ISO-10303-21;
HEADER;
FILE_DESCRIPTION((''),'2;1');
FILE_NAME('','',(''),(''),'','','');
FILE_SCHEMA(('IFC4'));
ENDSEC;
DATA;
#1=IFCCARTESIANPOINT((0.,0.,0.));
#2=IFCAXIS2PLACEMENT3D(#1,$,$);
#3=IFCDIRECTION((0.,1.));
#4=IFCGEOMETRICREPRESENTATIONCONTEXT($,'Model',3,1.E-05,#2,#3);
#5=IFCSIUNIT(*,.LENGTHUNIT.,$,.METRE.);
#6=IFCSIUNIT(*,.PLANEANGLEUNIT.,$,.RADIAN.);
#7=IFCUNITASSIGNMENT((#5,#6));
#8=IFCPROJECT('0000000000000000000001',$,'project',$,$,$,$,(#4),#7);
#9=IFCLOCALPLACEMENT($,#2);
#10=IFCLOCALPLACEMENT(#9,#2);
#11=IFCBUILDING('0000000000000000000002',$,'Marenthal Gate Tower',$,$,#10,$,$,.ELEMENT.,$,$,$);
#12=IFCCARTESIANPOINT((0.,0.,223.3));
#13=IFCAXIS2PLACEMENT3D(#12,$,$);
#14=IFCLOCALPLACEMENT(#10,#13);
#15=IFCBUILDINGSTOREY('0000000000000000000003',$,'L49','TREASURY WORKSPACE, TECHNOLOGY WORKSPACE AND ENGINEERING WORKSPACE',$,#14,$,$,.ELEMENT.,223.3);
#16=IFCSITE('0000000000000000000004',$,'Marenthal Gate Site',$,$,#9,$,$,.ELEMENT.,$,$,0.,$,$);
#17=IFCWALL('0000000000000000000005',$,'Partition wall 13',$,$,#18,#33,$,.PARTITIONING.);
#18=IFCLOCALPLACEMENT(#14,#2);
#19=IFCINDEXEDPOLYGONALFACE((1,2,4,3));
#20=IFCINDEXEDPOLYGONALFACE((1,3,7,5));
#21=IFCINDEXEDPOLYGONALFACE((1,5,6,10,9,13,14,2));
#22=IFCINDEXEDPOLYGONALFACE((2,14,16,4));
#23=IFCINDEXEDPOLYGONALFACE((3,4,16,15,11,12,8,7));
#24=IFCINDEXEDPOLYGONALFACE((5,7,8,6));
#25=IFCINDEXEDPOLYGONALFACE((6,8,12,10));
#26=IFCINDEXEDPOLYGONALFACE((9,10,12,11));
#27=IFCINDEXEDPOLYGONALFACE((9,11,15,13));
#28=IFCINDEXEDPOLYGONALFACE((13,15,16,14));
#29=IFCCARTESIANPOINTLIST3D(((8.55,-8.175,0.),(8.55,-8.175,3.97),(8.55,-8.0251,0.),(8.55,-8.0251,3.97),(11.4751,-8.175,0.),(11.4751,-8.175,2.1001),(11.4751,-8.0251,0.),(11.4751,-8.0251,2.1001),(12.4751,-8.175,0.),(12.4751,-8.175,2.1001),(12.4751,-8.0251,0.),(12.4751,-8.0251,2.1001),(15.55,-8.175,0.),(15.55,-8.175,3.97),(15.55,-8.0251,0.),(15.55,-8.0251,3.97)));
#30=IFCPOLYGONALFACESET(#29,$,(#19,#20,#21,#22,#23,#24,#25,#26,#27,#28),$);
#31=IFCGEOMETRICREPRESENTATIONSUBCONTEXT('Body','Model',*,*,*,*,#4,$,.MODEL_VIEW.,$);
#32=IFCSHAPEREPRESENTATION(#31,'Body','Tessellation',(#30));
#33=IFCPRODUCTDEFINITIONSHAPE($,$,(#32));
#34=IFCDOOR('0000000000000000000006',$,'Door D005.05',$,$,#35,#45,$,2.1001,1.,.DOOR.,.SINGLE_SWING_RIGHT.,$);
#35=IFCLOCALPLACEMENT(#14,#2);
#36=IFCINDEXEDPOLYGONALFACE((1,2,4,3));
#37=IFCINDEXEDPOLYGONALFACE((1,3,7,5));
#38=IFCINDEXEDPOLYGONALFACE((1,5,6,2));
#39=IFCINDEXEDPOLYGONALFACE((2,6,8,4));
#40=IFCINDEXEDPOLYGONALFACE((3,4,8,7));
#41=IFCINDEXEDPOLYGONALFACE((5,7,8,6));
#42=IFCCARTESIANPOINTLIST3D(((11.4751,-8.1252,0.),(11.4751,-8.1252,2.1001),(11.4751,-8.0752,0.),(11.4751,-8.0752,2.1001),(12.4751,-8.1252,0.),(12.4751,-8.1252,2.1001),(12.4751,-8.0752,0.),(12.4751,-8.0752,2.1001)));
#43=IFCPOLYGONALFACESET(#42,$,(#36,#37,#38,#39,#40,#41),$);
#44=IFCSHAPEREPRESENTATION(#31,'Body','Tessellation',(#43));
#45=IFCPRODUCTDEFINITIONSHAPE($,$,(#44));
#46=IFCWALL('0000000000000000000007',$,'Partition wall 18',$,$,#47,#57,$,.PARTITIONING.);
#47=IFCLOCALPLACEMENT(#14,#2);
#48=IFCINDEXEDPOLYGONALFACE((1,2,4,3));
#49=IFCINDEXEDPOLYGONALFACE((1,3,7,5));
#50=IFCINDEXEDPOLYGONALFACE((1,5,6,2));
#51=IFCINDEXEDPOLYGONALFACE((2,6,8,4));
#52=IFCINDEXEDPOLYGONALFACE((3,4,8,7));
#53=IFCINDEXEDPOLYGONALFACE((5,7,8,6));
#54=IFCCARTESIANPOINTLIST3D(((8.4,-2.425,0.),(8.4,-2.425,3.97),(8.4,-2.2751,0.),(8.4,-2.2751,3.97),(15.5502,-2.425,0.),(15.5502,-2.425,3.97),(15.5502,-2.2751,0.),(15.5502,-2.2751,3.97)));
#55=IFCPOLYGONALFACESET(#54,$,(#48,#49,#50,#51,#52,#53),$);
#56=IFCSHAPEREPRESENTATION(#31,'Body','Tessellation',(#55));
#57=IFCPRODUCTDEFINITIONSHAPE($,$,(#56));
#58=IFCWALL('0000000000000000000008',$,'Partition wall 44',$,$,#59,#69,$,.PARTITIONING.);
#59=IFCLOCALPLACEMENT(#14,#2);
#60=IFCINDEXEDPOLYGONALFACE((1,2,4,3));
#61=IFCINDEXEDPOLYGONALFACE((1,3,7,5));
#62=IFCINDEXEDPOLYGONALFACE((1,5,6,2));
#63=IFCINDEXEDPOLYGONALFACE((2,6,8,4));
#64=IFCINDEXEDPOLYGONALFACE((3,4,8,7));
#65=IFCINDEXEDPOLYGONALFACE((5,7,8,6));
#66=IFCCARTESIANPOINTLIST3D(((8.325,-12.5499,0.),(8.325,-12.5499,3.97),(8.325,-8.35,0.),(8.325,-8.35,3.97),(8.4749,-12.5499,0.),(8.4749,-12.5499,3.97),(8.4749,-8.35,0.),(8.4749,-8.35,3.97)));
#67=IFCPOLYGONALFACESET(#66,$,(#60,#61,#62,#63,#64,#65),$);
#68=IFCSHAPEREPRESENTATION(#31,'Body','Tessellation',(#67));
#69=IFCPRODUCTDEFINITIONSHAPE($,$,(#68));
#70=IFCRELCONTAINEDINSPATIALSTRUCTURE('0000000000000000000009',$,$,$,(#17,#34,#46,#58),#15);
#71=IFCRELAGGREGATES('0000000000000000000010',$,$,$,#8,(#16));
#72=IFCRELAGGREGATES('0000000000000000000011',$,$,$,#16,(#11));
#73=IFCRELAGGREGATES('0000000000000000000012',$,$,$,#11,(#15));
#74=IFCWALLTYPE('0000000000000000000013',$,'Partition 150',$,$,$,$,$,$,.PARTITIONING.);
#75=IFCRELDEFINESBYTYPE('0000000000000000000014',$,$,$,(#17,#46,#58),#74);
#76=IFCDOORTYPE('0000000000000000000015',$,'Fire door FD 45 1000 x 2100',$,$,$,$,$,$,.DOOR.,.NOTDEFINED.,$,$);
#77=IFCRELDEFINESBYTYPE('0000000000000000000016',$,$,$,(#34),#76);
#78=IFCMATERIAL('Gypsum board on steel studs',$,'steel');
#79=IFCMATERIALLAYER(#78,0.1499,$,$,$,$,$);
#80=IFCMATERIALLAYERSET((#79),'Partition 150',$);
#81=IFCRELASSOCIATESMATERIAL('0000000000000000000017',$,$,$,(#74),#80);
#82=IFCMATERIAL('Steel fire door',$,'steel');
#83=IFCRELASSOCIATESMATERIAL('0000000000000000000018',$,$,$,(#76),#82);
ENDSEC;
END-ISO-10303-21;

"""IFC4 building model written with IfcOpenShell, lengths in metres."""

from ifc_helpers import new_model, si_unit, direction, frame, frame_2d, origin, place, context, subcontext, project, spatial, rectangle, extrude, material, layer, layer_set, type_object, element, fill, save


model = new_model("IFC4")

# Units and contexts
model_context = context("Model", 3, precision=1e-05, world=origin(), true_north=direction((0.0, 1.0)))
body_context = subcontext(model_context, "Body", "Model", "MODEL_VIEW")
ifc_project = project(units=[si_unit("LENGTHUNIT", "METRE"), si_unit("PLANEANGLEUNIT", "RADIAN")], contexts=[model_context])

# Site, building, storey
site_placement = place(None, origin())
site = spatial("IfcSite", under=ifc_project, at=site_placement, Name="Marenthal Gate Site", CompositionType="ELEMENT", RefElevation=0.0)
building_placement = place(site_placement, origin())
building = spatial("IfcBuilding", under=site, at=building_placement, Name="Marenthal Gate Tower", CompositionType="ELEMENT")
storey_placement = place(building_placement, frame((0.0, 0.0, 223.3)))
storey = spatial("IfcBuildingStorey", under=building, at=storey_placement, Name="L49", Description="TREASURY WORKSPACE, TECHNOLOGY WORKSPACE AND ENGINEERING WORKSPACE", CompositionType="ELEMENT", Elevation=223.3)

# Wall, opening, door
ifc_material_1 = material(Name="Gypsum board on steel studs", Category="steel")
ifc_layer_1 = layer(ifc_material_1, 0.1499)
ifc_layer_set_1 = layer_set([ifc_layer_1], Name="Partition 150")
wall_type_1 = type_object("IfcWallType", Name="Partition 150", PredefinedType="PARTITIONING", material=ifc_layer_set_1)
ifc_material_2 = material(Name="Steel fire door", Category="steel")
door_type_1 = type_object("IfcDoorType", Name="Fire door FD 45 1000 x 2100", OperationType="NOTDEFINED", PredefinedType="DOOR", material=ifc_material_2)
wall_1_placement = place(storey_placement, frame((8.55, -8.1001, 0.0), z_axis=(0.0, 0.0, 1.0), x_axis=(1.0, 0.0, 0.0)))
wall_1 = element("IfcWall", 1, at=wall_1_placement, inside=storey, type_object=wall_type_1, Name="Partition wall 13", PredefinedType="PARTITIONING", context=body_context, shape_type="SweptSolid", body=[
    extrude(rectangle(XDim=7.0, YDim=0.1499, at=frame_2d((3.5, 0.0))), origin(), (0.0, 0.0, 1.0), 3.97),
])
opening_1_placement = place(wall_1_placement, frame((2.925, 0.0, 0.0)))
opening_1 = element("IfcOpeningElement", 2, at=opening_1_placement, cuts=wall_1, PredefinedType="OPENING", context=body_context, shape_type="SweptSolid", body=[
    extrude(rectangle(XDim=1.0, YDim=2.1001, at=frame_2d((0.5, 1.05))), frame((0.0, 0.085, 0.0), z_axis=(0.0, -1.0, 0.0), x_axis=(1.0, 0.0, 0.0)), (0.0, 0.0, 1.0), 0.1699),
])
door_1_placement = place(opening_1_placement, origin())
door_1 = element("IfcDoor", 3, at=door_1_placement, inside=storey, type_object=door_type_1, Name="Door D005.05", OperationType="SINGLE_SWING_RIGHT", OverallHeight=2.1001, OverallWidth=1.0, PredefinedType="DOOR", context=body_context, shape_type="SweptSolid", body=[
    extrude(rectangle(XDim=1.0, YDim=2.1001, at=frame_2d((0.5, 1.05))), frame((0.0, 0.0249, 0.0), z_axis=(0.0, -1.0, 0.0), x_axis=(1.0, 0.0, 0.0)), (0.0, 0.0, 1.0), 0.05),
])
fill(opening_1, door_1)

# Walls
wall_2_placement = place(storey_placement, frame((8.3999, -2.3501, 0.0), z_axis=(0.0, 0.0, 1.0), x_axis=(1.0, 0.0, 0.0)))
element("IfcWall", 4, at=wall_2_placement, inside=storey, type_object=wall_type_1, Name="Partition wall 18", PredefinedType="PARTITIONING", context=body_context, shape_type="SweptSolid", body=[
    extrude(rectangle(XDim=7.1501, YDim=0.1499, at=frame_2d((3.5752, 0.0))), origin(), (0.0, 0.0, 1.0), 3.97),
])
wall_3_placement = place(storey_placement, frame((8.3999, -12.55, 0.0), z_axis=(0.0, 0.0, 1.0), x_axis=(0.0, 1.0, 0.0)))
element("IfcWall", 5, at=wall_3_placement, inside=storey, type_object=wall_type_1, Name="Partition wall 44", PredefinedType="PARTITIONING", context=body_context, shape_type="SweptSolid", body=[
    extrude(rectangle(XDim=4.2, YDim=0.1499, at=frame_2d((2.1001, 0.0))), origin(), (0.0, 0.0, 1.0), 3.97),
])

save(model, "model.ifc")
